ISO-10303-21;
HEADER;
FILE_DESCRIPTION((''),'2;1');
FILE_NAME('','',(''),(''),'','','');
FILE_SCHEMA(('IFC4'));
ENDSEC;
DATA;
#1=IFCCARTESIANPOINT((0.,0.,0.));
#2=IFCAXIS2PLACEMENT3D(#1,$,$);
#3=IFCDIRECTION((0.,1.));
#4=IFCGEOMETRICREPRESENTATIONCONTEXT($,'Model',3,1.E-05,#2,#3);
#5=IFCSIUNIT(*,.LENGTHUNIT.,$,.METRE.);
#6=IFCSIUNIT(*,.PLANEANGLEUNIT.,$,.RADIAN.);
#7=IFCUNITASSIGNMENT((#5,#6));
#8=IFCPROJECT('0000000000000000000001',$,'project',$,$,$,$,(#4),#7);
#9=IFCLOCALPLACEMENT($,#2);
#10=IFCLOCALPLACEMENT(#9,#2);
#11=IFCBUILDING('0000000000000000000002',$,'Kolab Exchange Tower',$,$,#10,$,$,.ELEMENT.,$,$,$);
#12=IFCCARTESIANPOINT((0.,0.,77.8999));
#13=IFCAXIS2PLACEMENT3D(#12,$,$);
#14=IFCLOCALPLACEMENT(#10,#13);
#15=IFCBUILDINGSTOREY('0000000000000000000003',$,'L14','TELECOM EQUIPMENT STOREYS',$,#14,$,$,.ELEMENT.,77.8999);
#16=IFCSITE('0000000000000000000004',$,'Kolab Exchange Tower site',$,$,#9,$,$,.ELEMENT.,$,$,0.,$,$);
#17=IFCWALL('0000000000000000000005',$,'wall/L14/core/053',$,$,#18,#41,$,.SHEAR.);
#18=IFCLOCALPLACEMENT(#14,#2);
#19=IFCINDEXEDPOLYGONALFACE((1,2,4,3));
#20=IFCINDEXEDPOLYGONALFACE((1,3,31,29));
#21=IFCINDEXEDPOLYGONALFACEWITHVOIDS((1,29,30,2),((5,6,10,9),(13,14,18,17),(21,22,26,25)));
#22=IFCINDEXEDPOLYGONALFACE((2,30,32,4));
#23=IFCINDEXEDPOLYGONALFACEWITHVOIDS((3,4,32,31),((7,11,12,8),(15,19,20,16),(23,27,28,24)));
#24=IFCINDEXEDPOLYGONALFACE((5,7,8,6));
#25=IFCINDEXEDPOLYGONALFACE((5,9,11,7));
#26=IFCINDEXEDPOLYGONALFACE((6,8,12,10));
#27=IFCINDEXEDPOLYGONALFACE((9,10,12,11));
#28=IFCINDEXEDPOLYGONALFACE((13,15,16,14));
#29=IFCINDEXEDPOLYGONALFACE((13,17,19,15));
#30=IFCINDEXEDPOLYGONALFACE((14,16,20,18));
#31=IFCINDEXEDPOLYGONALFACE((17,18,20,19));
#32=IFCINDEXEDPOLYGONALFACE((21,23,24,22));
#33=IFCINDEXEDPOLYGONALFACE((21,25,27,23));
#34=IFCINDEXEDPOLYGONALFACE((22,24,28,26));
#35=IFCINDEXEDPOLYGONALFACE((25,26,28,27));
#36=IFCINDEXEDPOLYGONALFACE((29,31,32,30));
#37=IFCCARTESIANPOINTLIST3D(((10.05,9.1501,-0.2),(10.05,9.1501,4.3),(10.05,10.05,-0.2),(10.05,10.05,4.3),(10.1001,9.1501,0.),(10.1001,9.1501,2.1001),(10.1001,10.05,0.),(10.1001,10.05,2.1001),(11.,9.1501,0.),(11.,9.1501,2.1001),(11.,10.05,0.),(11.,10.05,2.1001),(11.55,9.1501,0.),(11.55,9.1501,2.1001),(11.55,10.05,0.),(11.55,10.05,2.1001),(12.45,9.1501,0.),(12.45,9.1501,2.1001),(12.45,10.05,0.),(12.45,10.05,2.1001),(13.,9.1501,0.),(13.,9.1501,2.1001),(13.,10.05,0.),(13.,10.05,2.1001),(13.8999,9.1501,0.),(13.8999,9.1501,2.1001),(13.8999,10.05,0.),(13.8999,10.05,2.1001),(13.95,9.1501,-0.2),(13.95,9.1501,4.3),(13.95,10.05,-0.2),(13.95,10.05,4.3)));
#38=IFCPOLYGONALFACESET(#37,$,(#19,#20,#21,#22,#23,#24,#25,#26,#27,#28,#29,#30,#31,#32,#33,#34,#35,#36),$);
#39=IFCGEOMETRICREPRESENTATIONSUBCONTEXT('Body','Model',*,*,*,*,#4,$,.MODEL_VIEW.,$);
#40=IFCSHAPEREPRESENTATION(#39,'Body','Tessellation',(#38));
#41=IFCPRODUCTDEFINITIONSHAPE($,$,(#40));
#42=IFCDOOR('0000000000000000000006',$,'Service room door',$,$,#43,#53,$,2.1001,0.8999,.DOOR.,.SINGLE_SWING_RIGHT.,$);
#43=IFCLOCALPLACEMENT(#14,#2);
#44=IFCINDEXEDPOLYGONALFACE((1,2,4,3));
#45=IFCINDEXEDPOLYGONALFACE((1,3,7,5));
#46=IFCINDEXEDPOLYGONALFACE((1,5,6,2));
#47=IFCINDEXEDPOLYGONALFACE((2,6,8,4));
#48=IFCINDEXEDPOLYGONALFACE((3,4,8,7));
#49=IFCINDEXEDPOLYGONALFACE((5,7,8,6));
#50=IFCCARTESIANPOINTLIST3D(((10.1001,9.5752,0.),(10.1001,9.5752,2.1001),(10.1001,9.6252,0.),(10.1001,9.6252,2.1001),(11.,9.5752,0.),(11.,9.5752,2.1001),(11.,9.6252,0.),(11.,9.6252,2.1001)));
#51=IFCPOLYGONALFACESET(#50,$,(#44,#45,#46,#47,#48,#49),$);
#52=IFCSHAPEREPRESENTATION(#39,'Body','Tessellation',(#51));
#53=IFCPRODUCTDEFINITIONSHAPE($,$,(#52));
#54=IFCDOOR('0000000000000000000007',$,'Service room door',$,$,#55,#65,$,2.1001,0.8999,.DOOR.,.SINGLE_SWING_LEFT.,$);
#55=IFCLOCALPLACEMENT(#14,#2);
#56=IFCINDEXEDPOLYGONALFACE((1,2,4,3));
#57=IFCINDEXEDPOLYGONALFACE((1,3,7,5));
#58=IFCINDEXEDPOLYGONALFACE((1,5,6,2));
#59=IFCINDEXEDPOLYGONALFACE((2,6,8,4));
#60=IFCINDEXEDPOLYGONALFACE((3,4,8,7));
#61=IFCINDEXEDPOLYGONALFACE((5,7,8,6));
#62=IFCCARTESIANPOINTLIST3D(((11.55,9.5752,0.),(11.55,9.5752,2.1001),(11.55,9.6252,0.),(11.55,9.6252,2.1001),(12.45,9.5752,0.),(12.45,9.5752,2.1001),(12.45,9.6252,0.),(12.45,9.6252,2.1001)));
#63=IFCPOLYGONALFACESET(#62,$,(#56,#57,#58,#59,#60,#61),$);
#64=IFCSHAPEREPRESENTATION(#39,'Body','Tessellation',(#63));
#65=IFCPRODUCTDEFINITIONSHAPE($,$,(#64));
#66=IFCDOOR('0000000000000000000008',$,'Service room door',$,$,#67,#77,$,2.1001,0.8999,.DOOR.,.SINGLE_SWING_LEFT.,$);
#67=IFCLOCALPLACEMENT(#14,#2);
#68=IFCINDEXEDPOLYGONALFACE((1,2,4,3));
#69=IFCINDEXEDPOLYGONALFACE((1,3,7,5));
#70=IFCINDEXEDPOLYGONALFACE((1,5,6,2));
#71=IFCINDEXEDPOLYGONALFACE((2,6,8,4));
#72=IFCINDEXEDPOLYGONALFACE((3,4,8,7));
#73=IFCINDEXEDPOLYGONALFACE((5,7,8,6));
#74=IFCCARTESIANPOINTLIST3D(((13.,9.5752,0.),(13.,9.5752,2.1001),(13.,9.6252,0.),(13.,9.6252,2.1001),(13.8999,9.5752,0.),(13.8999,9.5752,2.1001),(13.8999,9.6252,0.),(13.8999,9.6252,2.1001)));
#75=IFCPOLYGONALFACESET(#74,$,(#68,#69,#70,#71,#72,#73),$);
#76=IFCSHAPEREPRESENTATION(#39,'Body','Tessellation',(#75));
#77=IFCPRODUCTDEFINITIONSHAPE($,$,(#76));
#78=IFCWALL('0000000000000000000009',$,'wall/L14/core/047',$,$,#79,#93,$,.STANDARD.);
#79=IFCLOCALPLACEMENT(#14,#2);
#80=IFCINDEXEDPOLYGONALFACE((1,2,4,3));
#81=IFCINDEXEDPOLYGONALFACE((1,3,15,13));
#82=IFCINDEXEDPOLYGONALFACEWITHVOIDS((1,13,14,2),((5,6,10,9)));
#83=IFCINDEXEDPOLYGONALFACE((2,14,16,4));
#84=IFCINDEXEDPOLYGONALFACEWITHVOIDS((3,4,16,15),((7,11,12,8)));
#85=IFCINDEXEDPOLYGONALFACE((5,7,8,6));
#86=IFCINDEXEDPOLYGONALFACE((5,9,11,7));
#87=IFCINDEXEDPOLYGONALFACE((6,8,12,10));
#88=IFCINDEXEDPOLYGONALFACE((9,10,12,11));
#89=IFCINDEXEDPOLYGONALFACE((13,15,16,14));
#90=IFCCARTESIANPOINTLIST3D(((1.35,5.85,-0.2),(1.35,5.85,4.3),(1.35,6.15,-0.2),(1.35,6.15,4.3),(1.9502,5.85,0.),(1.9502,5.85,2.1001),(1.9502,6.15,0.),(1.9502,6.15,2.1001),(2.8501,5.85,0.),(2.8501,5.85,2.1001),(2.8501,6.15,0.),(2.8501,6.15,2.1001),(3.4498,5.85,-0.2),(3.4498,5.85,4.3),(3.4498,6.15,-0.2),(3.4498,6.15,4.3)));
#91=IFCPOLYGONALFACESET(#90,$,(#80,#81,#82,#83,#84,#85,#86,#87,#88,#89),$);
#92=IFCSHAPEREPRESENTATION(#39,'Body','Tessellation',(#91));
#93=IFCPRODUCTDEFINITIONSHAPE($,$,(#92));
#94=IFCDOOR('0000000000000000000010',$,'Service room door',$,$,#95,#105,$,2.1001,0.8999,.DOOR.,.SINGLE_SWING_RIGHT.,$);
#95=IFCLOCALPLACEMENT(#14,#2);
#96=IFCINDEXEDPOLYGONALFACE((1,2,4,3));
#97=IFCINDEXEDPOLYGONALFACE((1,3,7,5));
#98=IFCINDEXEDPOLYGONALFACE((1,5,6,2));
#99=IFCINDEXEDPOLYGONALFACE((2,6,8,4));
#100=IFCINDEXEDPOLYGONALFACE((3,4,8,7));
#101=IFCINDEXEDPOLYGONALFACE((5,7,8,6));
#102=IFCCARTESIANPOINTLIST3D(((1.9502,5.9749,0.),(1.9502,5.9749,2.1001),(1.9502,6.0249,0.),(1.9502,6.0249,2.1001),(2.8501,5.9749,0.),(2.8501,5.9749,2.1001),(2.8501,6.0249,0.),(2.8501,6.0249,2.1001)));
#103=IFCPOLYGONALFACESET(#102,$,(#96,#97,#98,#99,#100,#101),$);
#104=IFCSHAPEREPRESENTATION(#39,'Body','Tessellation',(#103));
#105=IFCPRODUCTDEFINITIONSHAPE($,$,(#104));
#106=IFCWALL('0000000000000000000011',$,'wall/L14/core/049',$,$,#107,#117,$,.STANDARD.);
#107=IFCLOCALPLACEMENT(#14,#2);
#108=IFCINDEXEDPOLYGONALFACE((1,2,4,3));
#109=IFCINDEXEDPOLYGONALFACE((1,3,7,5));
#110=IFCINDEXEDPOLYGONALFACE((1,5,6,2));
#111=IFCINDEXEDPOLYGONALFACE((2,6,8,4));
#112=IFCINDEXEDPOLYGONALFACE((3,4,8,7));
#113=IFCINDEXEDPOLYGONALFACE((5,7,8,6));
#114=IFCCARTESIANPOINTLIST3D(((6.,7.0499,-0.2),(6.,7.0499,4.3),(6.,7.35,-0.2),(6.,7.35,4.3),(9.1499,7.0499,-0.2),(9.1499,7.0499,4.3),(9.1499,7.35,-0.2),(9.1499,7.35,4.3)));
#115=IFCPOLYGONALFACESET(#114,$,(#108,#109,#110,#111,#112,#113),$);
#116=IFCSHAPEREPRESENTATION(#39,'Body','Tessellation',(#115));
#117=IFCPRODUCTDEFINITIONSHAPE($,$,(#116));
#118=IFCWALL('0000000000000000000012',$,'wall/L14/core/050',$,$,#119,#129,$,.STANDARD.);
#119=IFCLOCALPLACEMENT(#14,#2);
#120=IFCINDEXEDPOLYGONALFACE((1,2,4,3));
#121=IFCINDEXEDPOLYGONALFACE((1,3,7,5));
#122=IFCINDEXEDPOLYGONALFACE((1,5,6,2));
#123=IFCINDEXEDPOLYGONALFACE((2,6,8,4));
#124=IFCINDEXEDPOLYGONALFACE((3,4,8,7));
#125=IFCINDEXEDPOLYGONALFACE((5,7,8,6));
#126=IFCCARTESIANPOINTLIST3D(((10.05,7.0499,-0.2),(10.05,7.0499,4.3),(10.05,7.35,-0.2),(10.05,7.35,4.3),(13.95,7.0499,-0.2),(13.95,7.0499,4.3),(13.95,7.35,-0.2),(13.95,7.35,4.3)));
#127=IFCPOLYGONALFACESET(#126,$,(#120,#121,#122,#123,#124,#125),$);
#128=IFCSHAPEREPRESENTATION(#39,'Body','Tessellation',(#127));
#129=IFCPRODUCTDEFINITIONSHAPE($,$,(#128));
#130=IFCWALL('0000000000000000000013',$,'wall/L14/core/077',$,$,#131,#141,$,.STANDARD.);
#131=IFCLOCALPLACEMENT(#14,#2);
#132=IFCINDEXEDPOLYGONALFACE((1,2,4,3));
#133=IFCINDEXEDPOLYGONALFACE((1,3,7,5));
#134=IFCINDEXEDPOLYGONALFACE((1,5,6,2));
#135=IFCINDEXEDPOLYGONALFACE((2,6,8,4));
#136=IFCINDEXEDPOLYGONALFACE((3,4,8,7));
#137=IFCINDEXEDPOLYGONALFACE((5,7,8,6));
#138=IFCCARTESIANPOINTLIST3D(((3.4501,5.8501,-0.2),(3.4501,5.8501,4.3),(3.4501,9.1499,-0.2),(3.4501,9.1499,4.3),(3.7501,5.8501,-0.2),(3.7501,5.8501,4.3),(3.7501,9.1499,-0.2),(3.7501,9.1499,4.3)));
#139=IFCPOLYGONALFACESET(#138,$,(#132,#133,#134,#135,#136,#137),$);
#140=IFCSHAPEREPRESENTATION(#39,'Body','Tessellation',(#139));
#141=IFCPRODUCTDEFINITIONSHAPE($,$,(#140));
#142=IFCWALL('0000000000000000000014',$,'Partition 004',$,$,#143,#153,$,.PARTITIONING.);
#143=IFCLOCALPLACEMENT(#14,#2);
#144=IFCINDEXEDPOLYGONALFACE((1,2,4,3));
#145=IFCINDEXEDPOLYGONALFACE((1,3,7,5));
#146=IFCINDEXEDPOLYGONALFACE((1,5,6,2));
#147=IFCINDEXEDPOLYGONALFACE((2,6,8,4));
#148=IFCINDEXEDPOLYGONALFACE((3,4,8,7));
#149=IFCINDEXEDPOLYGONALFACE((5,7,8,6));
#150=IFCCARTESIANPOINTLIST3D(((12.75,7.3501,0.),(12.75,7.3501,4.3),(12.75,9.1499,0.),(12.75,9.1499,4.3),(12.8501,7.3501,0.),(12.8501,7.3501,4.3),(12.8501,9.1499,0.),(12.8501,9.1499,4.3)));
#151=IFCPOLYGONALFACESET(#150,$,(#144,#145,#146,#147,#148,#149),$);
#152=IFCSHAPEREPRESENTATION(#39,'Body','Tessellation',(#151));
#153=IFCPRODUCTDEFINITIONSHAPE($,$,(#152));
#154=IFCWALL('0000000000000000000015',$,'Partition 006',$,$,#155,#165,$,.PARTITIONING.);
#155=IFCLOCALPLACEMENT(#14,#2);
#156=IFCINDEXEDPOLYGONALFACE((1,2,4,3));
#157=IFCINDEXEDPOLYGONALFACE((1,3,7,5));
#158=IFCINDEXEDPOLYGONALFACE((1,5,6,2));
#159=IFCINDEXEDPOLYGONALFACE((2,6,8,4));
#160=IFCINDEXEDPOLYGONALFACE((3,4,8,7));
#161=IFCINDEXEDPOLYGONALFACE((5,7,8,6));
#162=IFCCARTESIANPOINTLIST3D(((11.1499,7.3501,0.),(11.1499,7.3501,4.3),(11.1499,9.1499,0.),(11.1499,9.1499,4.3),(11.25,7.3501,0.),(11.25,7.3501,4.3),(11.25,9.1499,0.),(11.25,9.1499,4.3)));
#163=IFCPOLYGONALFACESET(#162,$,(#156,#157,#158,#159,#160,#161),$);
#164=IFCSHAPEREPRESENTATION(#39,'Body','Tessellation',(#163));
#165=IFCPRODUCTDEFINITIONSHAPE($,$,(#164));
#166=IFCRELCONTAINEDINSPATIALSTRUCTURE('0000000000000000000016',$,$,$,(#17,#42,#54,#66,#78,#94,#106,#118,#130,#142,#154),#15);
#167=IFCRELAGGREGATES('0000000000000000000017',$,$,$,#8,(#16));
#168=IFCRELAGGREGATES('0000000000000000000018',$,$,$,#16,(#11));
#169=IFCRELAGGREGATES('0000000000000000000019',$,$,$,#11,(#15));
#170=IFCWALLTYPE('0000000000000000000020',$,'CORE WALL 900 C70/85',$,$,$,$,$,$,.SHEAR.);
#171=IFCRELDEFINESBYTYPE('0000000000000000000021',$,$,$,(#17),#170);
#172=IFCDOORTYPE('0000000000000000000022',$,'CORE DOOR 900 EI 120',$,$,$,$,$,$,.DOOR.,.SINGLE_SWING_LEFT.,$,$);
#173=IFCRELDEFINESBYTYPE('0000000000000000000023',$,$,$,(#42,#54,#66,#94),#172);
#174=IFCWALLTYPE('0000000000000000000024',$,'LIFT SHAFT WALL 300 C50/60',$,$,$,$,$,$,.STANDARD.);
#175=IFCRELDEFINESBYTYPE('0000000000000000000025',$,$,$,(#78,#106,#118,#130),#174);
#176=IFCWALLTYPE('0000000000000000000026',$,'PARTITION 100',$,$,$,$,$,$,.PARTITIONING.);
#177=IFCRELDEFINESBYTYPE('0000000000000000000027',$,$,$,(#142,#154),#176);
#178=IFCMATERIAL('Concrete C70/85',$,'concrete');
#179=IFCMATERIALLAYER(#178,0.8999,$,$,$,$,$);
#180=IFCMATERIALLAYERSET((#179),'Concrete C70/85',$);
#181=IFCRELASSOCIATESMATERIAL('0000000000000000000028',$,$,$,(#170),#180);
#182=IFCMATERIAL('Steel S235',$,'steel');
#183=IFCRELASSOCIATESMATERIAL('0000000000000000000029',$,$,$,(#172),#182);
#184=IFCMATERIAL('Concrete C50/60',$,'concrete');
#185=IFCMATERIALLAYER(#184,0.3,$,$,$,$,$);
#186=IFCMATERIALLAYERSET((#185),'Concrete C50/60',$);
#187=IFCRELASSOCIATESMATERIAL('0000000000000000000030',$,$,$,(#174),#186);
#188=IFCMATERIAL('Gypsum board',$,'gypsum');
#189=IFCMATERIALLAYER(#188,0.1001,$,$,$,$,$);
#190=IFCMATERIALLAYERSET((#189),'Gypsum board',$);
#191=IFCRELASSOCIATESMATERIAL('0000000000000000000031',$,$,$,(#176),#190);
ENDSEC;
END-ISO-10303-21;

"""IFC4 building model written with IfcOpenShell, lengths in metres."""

from ifc_helpers import new_model, si_unit, direction, frame, frame_2d, origin, place, context, subcontext, project, spatial, rectangle, extrude, material, layer, layer_set, type_object, element, fill, save


model = new_model("IFC4")

# Units and contexts
model_context = context("Model", 3, precision=1e-05, world=origin(), true_north=direction((0.0, 1.0)))
body_context = subcontext(model_context, "Body", "Model", "MODEL_VIEW")
ifc_project = project(units=[si_unit("LENGTHUNIT", "METRE"), si_unit("PLANEANGLEUNIT", "RADIAN")], contexts=[model_context])

# Site, building, storey
site_placement = place(None, origin())
site = spatial("IfcSite", under=ifc_project, at=site_placement, Name="Kolab Exchange Tower site", CompositionType="ELEMENT", RefElevation=0.0)
building_placement = place(site_placement, origin())
building = spatial("IfcBuilding", under=site, at=building_placement, Name="Kolab Exchange Tower", CompositionType="ELEMENT")
storey_placement = place(building_placement, frame((0.0, 0.0, 77.8999)))
storey = spatial("IfcBuildingStorey", under=building, at=storey_placement, Name="L14", Description="TELECOM EQUIPMENT STOREYS", CompositionType="ELEMENT", Elevation=77.8999)

# Shared definitions
ifc_material_1 = material(Name="Concrete C70/85", Category="concrete")

# Wall, openings, doors
ifc_layer_1 = layer(ifc_material_1, 0.8999)
ifc_layer_set_1 = layer_set([ifc_layer_1], Name="Concrete C70/85")
wall_type_1 = type_object("IfcWallType", Name="CORE WALL 900 C70/85", PredefinedType="SHEAR", material=ifc_layer_set_1)
wall_1_placement = place(storey_placement, frame((10.05, 9.6001, -0.2), z_axis=(0.0, 0.0, 1.0), x_axis=(1.0, 0.0, 0.0)))
wall_1 = element("IfcWall", 1, at=wall_1_placement, inside=storey, type_object=wall_type_1, Name="wall/L14/core/053", PredefinedType="SHEAR", context=body_context, shape_type="SweptSolid", body=[
    extrude(rectangle(XDim=3.8999, YDim=0.8999, at=frame_2d((1.95, 0.0))), origin(), (0.0, 0.0, 1.0), 4.5),
])
opening_1_placement = place(wall_1_placement, frame((0.05, 0.0, 0.2)))
opening_1 = element("IfcOpeningElement", 2, at=opening_1_placement, cuts=wall_1, PredefinedType="OPENING", context=body_context, shape_type="SweptSolid", body=[
    extrude(rectangle(XDim=0.8999, YDim=2.1001, at=frame_2d((0.45, 1.05))), frame((0.0, 0.46, 0.0), z_axis=(0.0, -1.0, 0.0), x_axis=(1.0, 0.0, 0.0)), (0.0, 0.0, 1.0), 0.9199),
])
opening_2_placement = place(wall_1_placement, frame((1.5, 0.0, 0.2)))
opening_2 = element("IfcOpeningElement", 3, at=opening_2_placement, cuts=wall_1, PredefinedType="OPENING", context=body_context, shape_type="SweptSolid", body=[
    extrude(rectangle(XDim=0.8999, YDim=2.1001, at=frame_2d((0.45, 1.05))), frame((0.0, 0.46, 0.0), z_axis=(0.0, -1.0, 0.0), x_axis=(1.0, 0.0, 0.0)), (0.0, 0.0, 1.0), 0.9199),
])
opening_3_placement = place(wall_1_placement, frame((2.95, 0.0, 0.2)))
opening_3 = element("IfcOpeningElement", 4, at=opening_3_placement, cuts=wall_1, PredefinedType="OPENING", context=body_context, shape_type="SweptSolid", body=[
    extrude(rectangle(XDim=0.8999, YDim=2.1001, at=frame_2d((0.45, 1.05))), frame((0.0, 0.46, 0.0), z_axis=(0.0, -1.0, 0.0), x_axis=(1.0, 0.0, 0.0)), (0.0, 0.0, 1.0), 0.9199),
])
ifc_material_2 = material(Name="Steel S235", Category="steel")
door_type = type_object("IfcDoorType", Name="CORE DOOR 900 EI 120", OperationType="SINGLE_SWING_LEFT", PredefinedType="DOOR", material=ifc_material_2)
door_1_placement = place(opening_1_placement, frame((0.8999, 0.0, 0.0), z_axis=(0.0, 0.0, 1.0), x_axis=(-1.0, 0.0, 0.0)))
door_1 = element("IfcDoor", 5, at=door_1_placement, inside=storey, type_object=door_type, Name="Service room door", OperationType="SINGLE_SWING_RIGHT", OverallHeight=2.1001, OverallWidth=0.8999, PredefinedType="DOOR", context=body_context, shape_type="SweptSolid", body=[
    extrude(rectangle(XDim=0.8999, YDim=2.1001, at=frame_2d((0.45, 1.05))), frame((0.0, 0.0249, 0.0), z_axis=(0.0, -1.0, 0.0), x_axis=(1.0, 0.0, 0.0)), (0.0, 0.0, 1.0), 0.05),
])
fill(opening_1, door_1)
door_2_placement = place(opening_2_placement, frame((0.8999, 0.0, 0.0), z_axis=(0.0, 0.0, 1.0), x_axis=(-1.0, 0.0, 0.0)))
door_2 = element("IfcDoor", 6, at=door_2_placement, inside=storey, type_object=door_type, Name="Service room door", OperationType="SINGLE_SWING_LEFT", OverallHeight=2.1001, OverallWidth=0.8999, PredefinedType="DOOR", context=body_context, shape_type="SweptSolid", body=[
    extrude(rectangle(XDim=0.8999, YDim=2.1001, at=frame_2d((0.45, 1.05))), frame((0.0, 0.0249, 0.0), z_axis=(0.0, -1.0, 0.0), x_axis=(1.0, 0.0, 0.0)), (0.0, 0.0, 1.0), 0.05),
])
fill(opening_2, door_2)
door_3_placement = place(opening_3_placement, frame((0.8999, 0.0, 0.0), z_axis=(0.0, 0.0, 1.0), x_axis=(-1.0, 0.0, 0.0)))
door_3 = element("IfcDoor", 7, at=door_3_placement, inside=storey, type_object=door_type, Name="Service room door", OperationType="SINGLE_SWING_LEFT", OverallHeight=2.1001, OverallWidth=0.8999, PredefinedType="DOOR", context=body_context, shape_type="SweptSolid", body=[
    extrude(rectangle(XDim=0.8999, YDim=2.1001, at=frame_2d((0.45, 1.05))), frame((0.0, 0.0249, 0.0), z_axis=(0.0, -1.0, 0.0), x_axis=(1.0, 0.0, 0.0)), (0.0, 0.0, 1.0), 0.05),
])
fill(opening_3, door_3)

# Wall, opening, door
ifc_material_3 = material(Name="Concrete C50/60", Category="concrete")
ifc_layer_2 = layer(ifc_material_3, 0.3)
ifc_layer_set_2 = layer_set([ifc_layer_2], Name="Concrete C50/60")
wall_type_2 = type_object("IfcWallType", Name="LIFT SHAFT WALL 300 C50/60", PredefinedType="STANDARD", material=ifc_layer_set_2)
wall_2_placement = place(storey_placement, frame((1.3501, 6.0, -0.2), z_axis=(0.0, 0.0, 1.0), x_axis=(1.0, 0.0, 0.0)))
wall_2 = element("IfcWall", 8, at=wall_2_placement, inside=storey, type_object=wall_type_2, Name="wall/L14/core/047", PredefinedType="STANDARD", context=body_context, shape_type="SweptSolid", body=[
    extrude(rectangle(XDim=2.0999, YDim=0.3, at=frame_2d((1.0498, 0.0))), origin(), (0.0, 0.0, 1.0), 4.5),
])
opening_4_placement = place(wall_2_placement, frame((0.6001, 0.0, 0.2)))
opening_4 = element("IfcOpeningElement", 9, at=opening_4_placement, cuts=wall_2, PredefinedType="OPENING", context=body_context, shape_type="SweptSolid", body=[
    extrude(rectangle(XDim=0.8999, YDim=2.1001, at=frame_2d((0.45, 1.05))), frame((0.0, 0.1602, 0.0), z_axis=(0.0, -1.0, 0.0), x_axis=(1.0, 0.0, 0.0)), (0.0, 0.0, 1.0), 0.3201),
])
door_4_placement = place(opening_4_placement, origin())
door_4 = element("IfcDoor", 10, at=door_4_placement, inside=storey, type_object=door_type, Name="Service room door", OperationType="SINGLE_SWING_RIGHT", OverallHeight=2.1001, OverallWidth=0.8999, PredefinedType="DOOR", context=body_context, shape_type="SweptSolid", body=[
    extrude(rectangle(XDim=0.8999, YDim=2.1001, at=frame_2d((0.45, 1.05))), frame((0.0, 0.0249, 0.0), z_axis=(0.0, -1.0, 0.0), x_axis=(1.0, 0.0, 0.0)), (0.0, 0.0, 1.0), 0.05),
])
fill(opening_4, door_4)

# Walls
wall_3_placement = place(storey_placement, frame((6.0, 7.2, -0.2), z_axis=(0.0, 0.0, 1.0), x_axis=(1.0, 0.0, 0.0)))
element("IfcWall", 11, at=wall_3_placement, inside=storey, type_object=wall_type_2, Name="wall/L14/core/049", PredefinedType="STANDARD", context=body_context, shape_type="SweptSolid", body=[
    extrude(rectangle(XDim=3.1499, YDim=0.3, at=frame_2d((1.575, 0.0))), origin(), (0.0, 0.0, 1.0), 4.5),
])
wall_4_placement = place(storey_placement, frame((10.05, 7.2, -0.2), z_axis=(0.0, 0.0, 1.0), x_axis=(1.0, 0.0, 0.0)))
element("IfcWall", 12, at=wall_4_placement, inside=storey, type_object=wall_type_2, Name="wall/L14/core/050", PredefinedType="STANDARD", context=body_context, shape_type="SweptSolid", body=[
    extrude(rectangle(XDim=3.8999, YDim=0.3, at=frame_2d((1.95, 0.0))), origin(), (0.0, 0.0, 1.0), 4.5),
])
wall_5_placement = place(storey_placement, frame((3.6001, 5.8501, -0.2), z_axis=(0.0, 0.0, 1.0), x_axis=(0.0, 1.0, 0.0)))
element("IfcWall", 13, at=wall_5_placement, inside=storey, type_object=wall_type_2, Name="wall/L14/core/077", PredefinedType="STANDARD", context=body_context, shape_type="SweptSolid", body=[
    extrude(rectangle(XDim=3.2998, YDim=0.3, at=frame_2d((1.6499, 0.0))), origin(), (0.0, 0.0, 1.0), 4.5),
])
ifc_material_4 = material(Name="Gypsum board", Category="gypsum")
ifc_layer_3 = layer(ifc_material_4, 0.1001)
ifc_layer_set_3 = layer_set([ifc_layer_3], Name="Gypsum board")
wall_type_3 = type_object("IfcWallType", Name="PARTITION 100", PredefinedType="PARTITIONING", material=ifc_layer_set_3)
for number, where, z_axis, x_axis, name in (
    (14, (12.8, 7.3501, 0.0), (0.0, 0.0, 1.0), (0.0, 1.0, 0.0), "Partition 004"),
    (15, (11.2, 7.3501, 0.0), (0.0, 0.0, 1.0), (0.0, 1.0, 0.0), "Partition 006"),
):
    element("IfcWall", number, at=place(storey_placement, frame(where, z_axis=z_axis, x_axis=x_axis)), inside=storey, type_object=wall_type_3, Name=name, PredefinedType="PARTITIONING", context=body_context, shape_type="SweptSolid", body=[
        extrude(rectangle(XDim=1.7998, YDim=0.1001, at=frame_2d((0.8999, 0.0))), origin(), (0.0, 0.0, 1.0), 4.3),
    ])

save(model, "model.ifc")
